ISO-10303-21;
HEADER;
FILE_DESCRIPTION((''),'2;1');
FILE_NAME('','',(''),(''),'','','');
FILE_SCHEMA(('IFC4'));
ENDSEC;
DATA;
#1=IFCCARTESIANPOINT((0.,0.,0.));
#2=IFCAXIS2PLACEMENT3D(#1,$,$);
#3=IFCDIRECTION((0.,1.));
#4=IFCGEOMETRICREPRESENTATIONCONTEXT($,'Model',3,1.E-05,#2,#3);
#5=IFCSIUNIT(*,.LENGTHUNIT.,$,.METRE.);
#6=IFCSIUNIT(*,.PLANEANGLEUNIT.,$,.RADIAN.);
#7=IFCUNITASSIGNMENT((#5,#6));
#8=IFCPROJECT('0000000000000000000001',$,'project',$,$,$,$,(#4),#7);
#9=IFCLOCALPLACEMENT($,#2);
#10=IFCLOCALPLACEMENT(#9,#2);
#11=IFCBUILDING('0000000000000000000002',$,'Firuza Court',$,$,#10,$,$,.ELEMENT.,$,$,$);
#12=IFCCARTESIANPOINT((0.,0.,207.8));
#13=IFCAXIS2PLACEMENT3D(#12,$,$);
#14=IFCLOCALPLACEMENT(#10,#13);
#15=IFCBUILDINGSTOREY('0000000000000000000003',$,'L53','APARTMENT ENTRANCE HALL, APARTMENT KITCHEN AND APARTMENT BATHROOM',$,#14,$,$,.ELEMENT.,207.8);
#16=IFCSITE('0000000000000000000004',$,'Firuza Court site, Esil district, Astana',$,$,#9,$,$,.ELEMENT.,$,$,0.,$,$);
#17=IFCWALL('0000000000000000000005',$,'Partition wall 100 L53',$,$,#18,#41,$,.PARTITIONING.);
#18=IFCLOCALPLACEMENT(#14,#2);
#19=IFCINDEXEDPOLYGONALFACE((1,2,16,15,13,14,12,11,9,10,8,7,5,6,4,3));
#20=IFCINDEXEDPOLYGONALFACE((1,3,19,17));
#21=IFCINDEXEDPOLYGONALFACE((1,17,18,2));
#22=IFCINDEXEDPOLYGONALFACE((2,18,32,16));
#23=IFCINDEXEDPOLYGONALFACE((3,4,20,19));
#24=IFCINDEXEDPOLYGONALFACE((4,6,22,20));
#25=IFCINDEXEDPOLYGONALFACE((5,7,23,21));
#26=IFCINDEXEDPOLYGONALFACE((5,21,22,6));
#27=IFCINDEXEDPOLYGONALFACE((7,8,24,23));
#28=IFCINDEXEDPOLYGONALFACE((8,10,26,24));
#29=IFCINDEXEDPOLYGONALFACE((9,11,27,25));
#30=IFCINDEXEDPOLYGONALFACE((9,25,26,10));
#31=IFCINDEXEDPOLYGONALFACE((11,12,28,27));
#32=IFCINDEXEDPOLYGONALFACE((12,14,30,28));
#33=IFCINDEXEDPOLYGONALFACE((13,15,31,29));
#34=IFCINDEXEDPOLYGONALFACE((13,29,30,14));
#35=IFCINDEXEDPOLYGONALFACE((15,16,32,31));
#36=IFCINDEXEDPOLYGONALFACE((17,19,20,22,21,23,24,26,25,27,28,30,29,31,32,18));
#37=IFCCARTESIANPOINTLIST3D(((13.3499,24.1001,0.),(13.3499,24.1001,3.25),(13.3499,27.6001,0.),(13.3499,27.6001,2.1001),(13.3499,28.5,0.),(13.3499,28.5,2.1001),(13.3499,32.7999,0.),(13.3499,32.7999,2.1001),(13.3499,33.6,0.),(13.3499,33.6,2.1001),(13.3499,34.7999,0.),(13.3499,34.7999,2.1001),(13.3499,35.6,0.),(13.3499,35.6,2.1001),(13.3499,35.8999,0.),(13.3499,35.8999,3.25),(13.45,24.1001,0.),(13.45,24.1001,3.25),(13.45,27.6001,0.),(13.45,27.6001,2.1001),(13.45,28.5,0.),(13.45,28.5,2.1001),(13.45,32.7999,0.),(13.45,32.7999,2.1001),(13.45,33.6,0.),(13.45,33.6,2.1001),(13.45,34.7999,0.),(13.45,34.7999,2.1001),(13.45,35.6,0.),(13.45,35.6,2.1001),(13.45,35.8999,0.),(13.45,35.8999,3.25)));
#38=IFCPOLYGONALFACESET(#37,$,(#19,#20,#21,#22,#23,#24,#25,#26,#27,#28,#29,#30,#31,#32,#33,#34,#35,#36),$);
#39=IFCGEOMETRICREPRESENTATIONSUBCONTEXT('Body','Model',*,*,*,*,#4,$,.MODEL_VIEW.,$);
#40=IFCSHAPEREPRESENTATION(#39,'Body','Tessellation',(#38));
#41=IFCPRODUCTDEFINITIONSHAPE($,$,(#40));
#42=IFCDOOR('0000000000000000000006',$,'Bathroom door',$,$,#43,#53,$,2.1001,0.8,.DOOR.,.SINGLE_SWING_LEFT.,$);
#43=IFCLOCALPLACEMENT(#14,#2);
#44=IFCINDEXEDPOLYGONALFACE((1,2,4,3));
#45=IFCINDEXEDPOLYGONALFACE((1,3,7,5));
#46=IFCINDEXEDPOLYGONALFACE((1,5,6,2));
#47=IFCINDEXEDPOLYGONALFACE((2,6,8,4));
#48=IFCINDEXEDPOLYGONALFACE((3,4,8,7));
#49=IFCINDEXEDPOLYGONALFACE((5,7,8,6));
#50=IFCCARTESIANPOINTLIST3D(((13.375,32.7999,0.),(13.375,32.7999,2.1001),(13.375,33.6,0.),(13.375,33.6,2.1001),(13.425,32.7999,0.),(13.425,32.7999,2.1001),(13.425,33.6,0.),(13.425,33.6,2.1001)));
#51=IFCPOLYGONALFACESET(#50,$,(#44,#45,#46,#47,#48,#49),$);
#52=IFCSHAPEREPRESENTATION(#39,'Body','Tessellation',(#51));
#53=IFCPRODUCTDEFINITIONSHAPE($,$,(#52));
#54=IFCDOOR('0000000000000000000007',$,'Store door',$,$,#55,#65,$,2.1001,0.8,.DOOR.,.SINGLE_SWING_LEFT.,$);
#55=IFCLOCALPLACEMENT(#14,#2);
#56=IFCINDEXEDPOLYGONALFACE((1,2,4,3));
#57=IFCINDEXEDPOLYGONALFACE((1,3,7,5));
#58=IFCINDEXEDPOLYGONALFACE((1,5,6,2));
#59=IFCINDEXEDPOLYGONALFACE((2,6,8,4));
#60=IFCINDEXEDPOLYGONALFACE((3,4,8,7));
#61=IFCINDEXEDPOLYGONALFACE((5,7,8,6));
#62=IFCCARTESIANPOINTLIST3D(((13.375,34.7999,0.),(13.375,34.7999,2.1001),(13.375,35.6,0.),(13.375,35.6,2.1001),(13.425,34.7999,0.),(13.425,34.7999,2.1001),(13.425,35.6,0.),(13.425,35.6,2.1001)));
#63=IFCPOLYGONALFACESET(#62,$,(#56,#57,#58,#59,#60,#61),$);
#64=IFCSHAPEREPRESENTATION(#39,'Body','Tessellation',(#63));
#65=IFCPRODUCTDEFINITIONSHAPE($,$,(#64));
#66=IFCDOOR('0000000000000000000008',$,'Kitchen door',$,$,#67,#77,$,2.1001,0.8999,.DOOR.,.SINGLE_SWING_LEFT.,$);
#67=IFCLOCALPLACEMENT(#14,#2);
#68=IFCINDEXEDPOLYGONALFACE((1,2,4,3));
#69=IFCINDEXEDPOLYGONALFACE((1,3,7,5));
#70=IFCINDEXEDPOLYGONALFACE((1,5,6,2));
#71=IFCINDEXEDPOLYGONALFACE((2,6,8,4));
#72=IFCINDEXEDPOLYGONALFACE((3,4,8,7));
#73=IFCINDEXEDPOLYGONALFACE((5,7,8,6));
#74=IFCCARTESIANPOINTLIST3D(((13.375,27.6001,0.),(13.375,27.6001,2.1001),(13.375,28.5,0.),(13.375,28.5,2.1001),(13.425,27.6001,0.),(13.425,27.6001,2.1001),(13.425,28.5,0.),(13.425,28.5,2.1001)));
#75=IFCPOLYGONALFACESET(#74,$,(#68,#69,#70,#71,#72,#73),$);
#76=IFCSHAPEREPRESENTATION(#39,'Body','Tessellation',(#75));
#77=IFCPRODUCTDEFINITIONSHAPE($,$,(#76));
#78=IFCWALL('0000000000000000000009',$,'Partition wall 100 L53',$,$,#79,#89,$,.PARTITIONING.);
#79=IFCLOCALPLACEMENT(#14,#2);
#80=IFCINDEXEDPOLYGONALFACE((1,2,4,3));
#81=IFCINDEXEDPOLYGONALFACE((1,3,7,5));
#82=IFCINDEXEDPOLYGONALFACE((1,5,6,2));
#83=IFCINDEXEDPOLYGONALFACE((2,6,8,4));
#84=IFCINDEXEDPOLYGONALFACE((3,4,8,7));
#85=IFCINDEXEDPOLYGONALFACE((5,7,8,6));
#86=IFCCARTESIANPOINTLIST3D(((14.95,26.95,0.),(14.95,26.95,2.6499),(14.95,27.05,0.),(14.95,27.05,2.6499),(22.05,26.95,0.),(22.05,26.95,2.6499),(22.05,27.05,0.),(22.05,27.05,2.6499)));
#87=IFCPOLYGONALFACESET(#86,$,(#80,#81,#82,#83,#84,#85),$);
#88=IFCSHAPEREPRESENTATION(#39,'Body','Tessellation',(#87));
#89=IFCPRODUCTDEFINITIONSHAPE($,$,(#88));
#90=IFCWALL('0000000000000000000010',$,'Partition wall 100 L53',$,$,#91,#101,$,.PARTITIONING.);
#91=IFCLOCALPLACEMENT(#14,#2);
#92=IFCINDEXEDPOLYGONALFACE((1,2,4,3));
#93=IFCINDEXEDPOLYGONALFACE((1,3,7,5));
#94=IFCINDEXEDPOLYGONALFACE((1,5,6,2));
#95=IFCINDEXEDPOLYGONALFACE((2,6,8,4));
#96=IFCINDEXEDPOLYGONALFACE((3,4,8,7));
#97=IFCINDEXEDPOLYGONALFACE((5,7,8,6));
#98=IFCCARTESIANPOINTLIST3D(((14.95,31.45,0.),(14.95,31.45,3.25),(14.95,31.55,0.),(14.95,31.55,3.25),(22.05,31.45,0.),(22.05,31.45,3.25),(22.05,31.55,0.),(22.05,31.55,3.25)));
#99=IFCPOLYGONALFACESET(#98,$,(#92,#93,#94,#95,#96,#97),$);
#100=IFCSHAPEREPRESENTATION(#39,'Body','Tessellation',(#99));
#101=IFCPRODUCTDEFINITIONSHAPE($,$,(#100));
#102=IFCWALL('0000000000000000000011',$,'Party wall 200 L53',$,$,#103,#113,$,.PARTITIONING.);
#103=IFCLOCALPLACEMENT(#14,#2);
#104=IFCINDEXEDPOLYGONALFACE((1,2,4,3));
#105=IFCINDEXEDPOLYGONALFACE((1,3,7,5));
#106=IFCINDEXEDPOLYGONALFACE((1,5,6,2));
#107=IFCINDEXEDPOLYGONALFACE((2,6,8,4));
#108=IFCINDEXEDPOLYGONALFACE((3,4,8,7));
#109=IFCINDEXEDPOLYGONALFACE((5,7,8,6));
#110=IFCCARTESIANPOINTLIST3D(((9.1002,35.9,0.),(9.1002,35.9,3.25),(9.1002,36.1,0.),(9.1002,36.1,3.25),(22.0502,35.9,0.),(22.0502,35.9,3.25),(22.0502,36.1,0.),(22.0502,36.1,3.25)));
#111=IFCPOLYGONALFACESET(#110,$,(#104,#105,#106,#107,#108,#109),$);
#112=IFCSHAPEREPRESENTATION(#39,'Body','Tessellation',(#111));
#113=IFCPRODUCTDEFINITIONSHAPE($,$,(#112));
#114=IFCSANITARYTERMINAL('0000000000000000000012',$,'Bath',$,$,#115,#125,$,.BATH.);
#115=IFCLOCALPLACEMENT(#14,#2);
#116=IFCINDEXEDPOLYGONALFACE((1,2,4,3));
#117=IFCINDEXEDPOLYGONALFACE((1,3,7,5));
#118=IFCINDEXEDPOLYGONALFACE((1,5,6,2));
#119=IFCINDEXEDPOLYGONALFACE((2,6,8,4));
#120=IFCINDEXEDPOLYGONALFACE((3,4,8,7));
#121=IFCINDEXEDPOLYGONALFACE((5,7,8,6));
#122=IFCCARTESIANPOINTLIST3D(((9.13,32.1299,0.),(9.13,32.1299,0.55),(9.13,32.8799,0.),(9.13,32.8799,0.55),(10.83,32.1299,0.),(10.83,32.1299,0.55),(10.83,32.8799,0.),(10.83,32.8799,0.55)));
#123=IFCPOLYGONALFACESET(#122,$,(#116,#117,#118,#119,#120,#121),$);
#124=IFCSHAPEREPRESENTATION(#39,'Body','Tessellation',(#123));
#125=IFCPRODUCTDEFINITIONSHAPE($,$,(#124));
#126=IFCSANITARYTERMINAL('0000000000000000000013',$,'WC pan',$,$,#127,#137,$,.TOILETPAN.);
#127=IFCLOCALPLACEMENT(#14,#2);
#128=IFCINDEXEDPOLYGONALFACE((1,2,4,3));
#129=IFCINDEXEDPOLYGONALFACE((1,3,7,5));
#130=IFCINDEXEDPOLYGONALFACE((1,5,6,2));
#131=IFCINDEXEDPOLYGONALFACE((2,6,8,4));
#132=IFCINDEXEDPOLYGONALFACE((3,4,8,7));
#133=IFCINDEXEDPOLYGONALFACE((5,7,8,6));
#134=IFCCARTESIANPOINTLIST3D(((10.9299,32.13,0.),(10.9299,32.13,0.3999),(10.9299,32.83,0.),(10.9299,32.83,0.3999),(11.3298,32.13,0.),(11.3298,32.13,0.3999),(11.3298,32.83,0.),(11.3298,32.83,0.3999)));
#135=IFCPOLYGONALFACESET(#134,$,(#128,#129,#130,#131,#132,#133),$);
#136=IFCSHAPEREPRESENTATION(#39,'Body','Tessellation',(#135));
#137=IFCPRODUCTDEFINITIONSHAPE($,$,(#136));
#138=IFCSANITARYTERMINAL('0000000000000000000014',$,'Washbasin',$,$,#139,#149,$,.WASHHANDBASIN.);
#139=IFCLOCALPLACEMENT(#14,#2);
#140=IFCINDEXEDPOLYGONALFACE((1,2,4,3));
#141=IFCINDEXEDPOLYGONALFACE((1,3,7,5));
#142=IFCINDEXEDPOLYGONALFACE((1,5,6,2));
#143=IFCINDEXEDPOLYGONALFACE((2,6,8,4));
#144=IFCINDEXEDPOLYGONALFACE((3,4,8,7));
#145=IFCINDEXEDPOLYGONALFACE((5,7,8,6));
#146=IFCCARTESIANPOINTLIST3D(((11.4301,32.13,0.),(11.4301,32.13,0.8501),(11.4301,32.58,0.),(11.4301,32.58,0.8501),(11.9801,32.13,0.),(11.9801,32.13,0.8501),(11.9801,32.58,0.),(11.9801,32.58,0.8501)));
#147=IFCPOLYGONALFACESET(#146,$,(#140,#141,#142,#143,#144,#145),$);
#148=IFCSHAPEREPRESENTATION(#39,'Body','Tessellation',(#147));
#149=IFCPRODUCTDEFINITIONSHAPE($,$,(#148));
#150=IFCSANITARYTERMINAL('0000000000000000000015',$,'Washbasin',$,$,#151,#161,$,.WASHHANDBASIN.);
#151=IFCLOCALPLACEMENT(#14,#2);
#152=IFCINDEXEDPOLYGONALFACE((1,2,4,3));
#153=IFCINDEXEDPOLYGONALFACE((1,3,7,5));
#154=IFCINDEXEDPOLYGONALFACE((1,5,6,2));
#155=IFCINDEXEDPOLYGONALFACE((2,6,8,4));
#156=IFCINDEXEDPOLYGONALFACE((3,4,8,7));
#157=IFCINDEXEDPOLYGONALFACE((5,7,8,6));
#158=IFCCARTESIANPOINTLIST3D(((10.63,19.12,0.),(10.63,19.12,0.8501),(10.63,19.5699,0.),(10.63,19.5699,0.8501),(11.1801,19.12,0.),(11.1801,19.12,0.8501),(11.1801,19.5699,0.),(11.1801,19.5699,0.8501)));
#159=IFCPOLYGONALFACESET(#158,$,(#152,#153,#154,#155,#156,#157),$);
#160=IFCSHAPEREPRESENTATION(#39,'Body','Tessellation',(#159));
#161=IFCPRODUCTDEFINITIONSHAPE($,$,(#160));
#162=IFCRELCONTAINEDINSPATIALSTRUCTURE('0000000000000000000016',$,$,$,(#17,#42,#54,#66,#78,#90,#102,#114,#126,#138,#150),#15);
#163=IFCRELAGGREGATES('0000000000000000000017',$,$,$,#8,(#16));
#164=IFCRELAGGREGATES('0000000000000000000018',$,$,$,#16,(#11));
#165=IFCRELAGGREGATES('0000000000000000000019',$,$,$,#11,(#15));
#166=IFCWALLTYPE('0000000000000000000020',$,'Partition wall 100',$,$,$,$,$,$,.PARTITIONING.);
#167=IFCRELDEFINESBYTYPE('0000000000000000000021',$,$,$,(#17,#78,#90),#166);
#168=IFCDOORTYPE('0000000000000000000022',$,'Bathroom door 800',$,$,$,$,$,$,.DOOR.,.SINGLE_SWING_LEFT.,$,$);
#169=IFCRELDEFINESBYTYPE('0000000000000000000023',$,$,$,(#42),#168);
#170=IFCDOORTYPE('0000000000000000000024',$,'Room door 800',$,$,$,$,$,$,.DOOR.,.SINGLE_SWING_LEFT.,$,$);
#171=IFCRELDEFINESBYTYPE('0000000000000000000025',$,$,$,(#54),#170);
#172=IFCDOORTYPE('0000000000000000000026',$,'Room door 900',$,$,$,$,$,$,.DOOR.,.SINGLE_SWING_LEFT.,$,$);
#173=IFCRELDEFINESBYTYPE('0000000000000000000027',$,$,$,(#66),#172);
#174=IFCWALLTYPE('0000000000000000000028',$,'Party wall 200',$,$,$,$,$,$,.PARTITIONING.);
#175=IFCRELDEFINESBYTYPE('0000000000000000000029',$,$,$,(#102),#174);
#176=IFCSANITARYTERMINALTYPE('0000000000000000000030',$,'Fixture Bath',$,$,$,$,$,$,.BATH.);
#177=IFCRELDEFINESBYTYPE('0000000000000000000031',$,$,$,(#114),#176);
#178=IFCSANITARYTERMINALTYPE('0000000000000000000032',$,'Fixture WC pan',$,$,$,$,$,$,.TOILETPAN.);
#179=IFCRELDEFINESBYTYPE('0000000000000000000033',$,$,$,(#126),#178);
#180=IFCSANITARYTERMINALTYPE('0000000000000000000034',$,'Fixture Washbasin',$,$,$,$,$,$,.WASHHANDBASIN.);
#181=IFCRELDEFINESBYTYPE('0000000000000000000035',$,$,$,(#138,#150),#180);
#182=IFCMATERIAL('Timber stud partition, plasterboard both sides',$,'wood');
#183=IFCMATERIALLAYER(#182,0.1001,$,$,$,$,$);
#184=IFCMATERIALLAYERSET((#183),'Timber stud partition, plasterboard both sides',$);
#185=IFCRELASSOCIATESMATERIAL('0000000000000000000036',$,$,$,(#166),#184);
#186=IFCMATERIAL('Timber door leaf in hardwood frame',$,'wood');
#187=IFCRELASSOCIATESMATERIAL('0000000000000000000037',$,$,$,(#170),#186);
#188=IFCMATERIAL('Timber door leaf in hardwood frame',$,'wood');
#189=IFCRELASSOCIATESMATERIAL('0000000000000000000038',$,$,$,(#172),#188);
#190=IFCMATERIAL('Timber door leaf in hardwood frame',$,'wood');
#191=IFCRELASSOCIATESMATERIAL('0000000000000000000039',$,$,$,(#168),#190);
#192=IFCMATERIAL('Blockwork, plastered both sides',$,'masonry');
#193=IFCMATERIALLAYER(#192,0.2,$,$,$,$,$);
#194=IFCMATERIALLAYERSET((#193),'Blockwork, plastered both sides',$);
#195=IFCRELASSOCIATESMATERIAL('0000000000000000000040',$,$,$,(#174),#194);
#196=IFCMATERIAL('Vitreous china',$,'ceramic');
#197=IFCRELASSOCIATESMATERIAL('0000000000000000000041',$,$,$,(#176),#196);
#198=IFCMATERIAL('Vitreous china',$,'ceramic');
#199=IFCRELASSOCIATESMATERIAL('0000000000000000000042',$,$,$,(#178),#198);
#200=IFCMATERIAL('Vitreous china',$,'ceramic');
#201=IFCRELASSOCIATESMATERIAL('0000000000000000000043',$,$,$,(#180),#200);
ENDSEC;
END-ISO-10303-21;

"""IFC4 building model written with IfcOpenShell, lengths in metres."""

from ifc_helpers import new_model, si_unit, direction, frame, frame_2d, origin, origin_2d, place, context, subcontext, project, spatial, rectangle, extrude, material, layer, layer_set, type_object, element, fill, save


model = new_model("IFC4")

# Units and contexts
model_context = context("Model", 3, precision=1e-05, world=origin(), true_north=direction((0.0, 1.0)))
body_context = subcontext(model_context, "Body", "Model", "MODEL_VIEW")
ifc_project = project(units=[si_unit("LENGTHUNIT", "METRE"), si_unit("PLANEANGLEUNIT", "RADIAN")], contexts=[model_context])

# Site, building, storey
site_placement = place(None, origin())
site = spatial("IfcSite", under=ifc_project, at=site_placement, Name="Firuza Court site, Esil district, Astana", CompositionType="ELEMENT", RefElevation=0.0)
building_placement = place(site_placement, origin())
building = spatial("IfcBuilding", under=site, at=building_placement, Name="Firuza Court", CompositionType="ELEMENT")
storey_placement = place(building_placement, frame((0.0, 0.0, 207.8)))
storey = spatial("IfcBuildingStorey", under=building, at=storey_placement, Name="L53", Description="APARTMENT ENTRANCE HALL, APARTMENT KITCHEN AND APARTMENT BATHROOM", CompositionType="ELEMENT", Elevation=207.8)

# Shared definitions
ifc_material_1 = material(Name="Timber stud partition, plasterboard both sides", Category="wood")
ifc_layer_1 = layer(ifc_material_1, 0.1001)
ifc_layer_set_1 = layer_set([ifc_layer_1], Name="Timber stud partition, plasterboard both sides")
wall_type_1 = type_object("IfcWallType", Name="Partition wall 100", PredefinedType="PARTITIONING", material=ifc_layer_set_1)
ifc_material_2 = material(Name="Timber door leaf in hardwood frame", Category="wood")
door_type_1 = type_object("IfcDoorType", Name="Room door 800", OperationType="SINGLE_SWING_LEFT", PredefinedType="DOOR", material=ifc_material_2)

# Wall, openings, doors
ifc_material_3 = material(Name="Timber door leaf in hardwood frame", Category="wood")
door_type_2 = type_object("IfcDoorType", Name="Room door 900", OperationType="SINGLE_SWING_LEFT", PredefinedType="DOOR", material=ifc_material_3)
wall_1_placement = place(storey_placement, frame((13.3999, 24.1001, 0.0), z_axis=(0.0, 0.0, 1.0), x_axis=(0.0, 1.0, 0.0)))
wall_1 = element("IfcWall", 1, at=wall_1_placement, inside=storey, type_object=wall_type_1, Name="Partition wall 100 L53", PredefinedType="PARTITIONING", context=body_context, shape_type="SweptSolid", body=[
    extrude(rectangle(XDim=11.7998, YDim=0.1001, at=frame_2d((5.8999, 0.0))), origin(), (0.0, 0.0, 1.0), 3.25),
])
opening_1_placement = place(wall_1_placement, frame((8.7, 0.0, 0.0)))
opening_1 = element("IfcOpeningElement", 2, at=opening_1_placement, cuts=wall_1, PredefinedType="OPENING", context=body_context, shape_type="SweptSolid", body=[
    extrude(rectangle(XDim=0.8, YDim=2.1001, at=frame_2d((0.3999, 1.05))), frame((0.0, 0.062, 0.0), z_axis=(0.0, -1.0, 0.0), x_axis=(1.0, 0.0, 0.0)), (0.0, 0.0, 1.0), 0.124),
])
opening_2_placement = place(wall_1_placement, frame((3.5, 0.0, 0.0)))
opening_2 = element("IfcOpeningElement", 3, at=opening_2_placement, cuts=wall_1, PredefinedType="OPENING", context=body_context, shape_type="SweptSolid", body=[
    extrude(rectangle(XDim=0.8999, YDim=2.1001, at=frame_2d((0.45, 1.05))), frame((0.0, 0.062, 0.0), z_axis=(0.0, -1.0, 0.0), x_axis=(1.0, 0.0, 0.0)), (0.0, 0.0, 1.0), 0.124),
])
opening_3_placement = place(wall_1_placement, frame((10.7, 0.0, 0.0)))
opening_3 = element("IfcOpeningElement", 4, at=opening_3_placement, cuts=wall_1, PredefinedType="OPENING", context=body_context, shape_type="SweptSolid", body=[
    extrude(rectangle(XDim=0.8, YDim=2.1001, at=frame_2d((0.3999, 1.05))), frame((0.0, 0.062, 0.0), z_axis=(0.0, -1.0, 0.0), x_axis=(1.0, 0.0, 0.0)), (0.0, 0.0, 1.0), 0.124),
])
ifc_material_4 = material(Name="Timber door leaf in hardwood frame", Category="wood")
door_type_3 = type_object("IfcDoorType", Name="Bathroom door 800", OperationType="SINGLE_SWING_LEFT", PredefinedType="DOOR", material=ifc_material_4)
door_1_placement = place(opening_1_placement, origin())
door_1 = element("IfcDoor", 5, at=door_1_placement, inside=storey, type_object=door_type_3, Name="Bathroom door", OperationType="SINGLE_SWING_LEFT", OverallHeight=2.1001, OverallWidth=0.8, PredefinedType="DOOR", context=body_context, shape_type="SweptSolid", body=[
    extrude(rectangle(XDim=0.8, YDim=2.1001, at=frame_2d((0.3999, 1.05))), frame((0.0, 0.0249, 0.0), z_axis=(0.0, -1.0, 0.0), x_axis=(1.0, 0.0, 0.0)), (0.0, 0.0, 1.0), 0.05),
])
fill(opening_1, door_1)
door_2_placement = place(opening_3_placement, origin())
door_2 = element("IfcDoor", 6, at=door_2_placement, inside=storey, type_object=door_type_1, Name="Store door", OperationType="SINGLE_SWING_LEFT", OverallHeight=2.1001, OverallWidth=0.8, PredefinedType="DOOR", context=body_context, shape_type="SweptSolid", body=[
    extrude(rectangle(XDim=0.8, YDim=2.1001, at=frame_2d((0.3999, 1.05))), frame((0.0, 0.0249, 0.0), z_axis=(0.0, -1.0, 0.0), x_axis=(1.0, 0.0, 0.0)), (0.0, 0.0, 1.0), 0.05),
])
fill(opening_3, door_2)
door_3_placement = place(opening_2_placement, origin())
door_3 = element("IfcDoor", 7, at=door_3_placement, inside=storey, type_object=door_type_2, Name="Kitchen door", OperationType="SINGLE_SWING_LEFT", OverallHeight=2.1001, OverallWidth=0.8999, PredefinedType="DOOR", context=body_context, shape_type="SweptSolid", body=[
    extrude(rectangle(XDim=0.8999, YDim=2.1001, at=frame_2d((0.45, 1.05))), frame((0.0, 0.0249, 0.0), z_axis=(0.0, -1.0, 0.0), x_axis=(1.0, 0.0, 0.0)), (0.0, 0.0, 1.0), 0.05),
])
fill(opening_2, door_3)

# Walls
wall_2_placement = place(storey_placement, frame((14.95, 27.0, 0.0), z_axis=(0.0, 0.0, 1.0), x_axis=(1.0, 0.0, 0.0)))
element("IfcWall", 8, at=wall_2_placement, inside=storey, type_object=wall_type_1, Name="Partition wall 100 L53", PredefinedType="PARTITIONING", context=body_context, shape_type="SweptSolid", body=[
    extrude(rectangle(XDim=7.1001, YDim=0.1001, at=frame_2d((3.55, 0.0))), origin(), (0.0, 0.0, 1.0), 2.6499),
])
wall_3_placement = place(storey_placement, frame((14.95, 31.5, 0.0), z_axis=(0.0, 0.0, 1.0), x_axis=(1.0, 0.0, 0.0)))
element("IfcWall", 9, at=wall_3_placement, inside=storey, type_object=wall_type_1, Name="Partition wall 100 L53", PredefinedType="PARTITIONING", context=body_context, shape_type="SweptSolid", body=[
    extrude(rectangle(XDim=7.1001, YDim=0.1001, at=frame_2d((3.55, 0.0))), origin(), (0.0, 0.0, 1.0), 3.25),
])
ifc_material_5 = material(Name="Blockwork, plastered both sides", Category="masonry")
ifc_layer_2 = layer(ifc_material_5, 0.2)
ifc_layer_set_2 = layer_set([ifc_layer_2], Name="Blockwork, plastered both sides")
wall_type_2 = type_object("IfcWallType", Name="Party wall 200", PredefinedType="PARTITIONING", material=ifc_layer_set_2)
wall_4_placement = place(storey_placement, frame((9.1001, 36.0, 0.0), z_axis=(0.0, 0.0, 1.0), x_axis=(1.0, 0.0, 0.0)))
element("IfcWall", 10, at=wall_4_placement, inside=storey, type_object=wall_type_2, Name="Party wall 200 L53", PredefinedType="PARTITIONING", context=body_context, shape_type="SweptSolid", body=[
    extrude(rectangle(XDim=12.95, YDim=0.2, at=frame_2d((6.4751, 0.0))), origin(), (0.0, 0.0, 1.0), 3.25),
])

# Sanitary terminals
ifc_material_6 = material(Name="Vitreous china", Category="ceramic")
sanitary_terminal_type_1 = type_object("IfcSanitaryTerminalType", Name="Fixture Bath", PredefinedType="BATH", material=ifc_material_6)
sanitary_terminal_1_placement = place(storey_placement, frame((9.98, 32.5049, 0.0), z_axis=(0.0, 0.0, 1.0), x_axis=(1.0, 0.0, 0.0)))
element("IfcSanitaryTerminal", 11, at=sanitary_terminal_1_placement, inside=storey, type_object=sanitary_terminal_type_1, Name="Bath", PredefinedType="BATH", context=body_context, shape_type="SweptSolid", body=[
    extrude(rectangle(XDim=1.7, YDim=0.75, at=origin_2d()), origin(), (0.0, 0.0, 1.0), 0.55),
])
ifc_material_7 = material(Name="Vitreous china", Category="ceramic")
sanitary_terminal_type_2 = type_object("IfcSanitaryTerminalType", Name="Fixture WC pan", PredefinedType="TOILETPAN", material=ifc_material_7)
sanitary_terminal_2_placement = place(storey_placement, frame((11.1299, 32.48, 0.0), z_axis=(0.0, 0.0, 1.0), x_axis=(1.0, 0.0, 0.0)))
element("IfcSanitaryTerminal", 12, at=sanitary_terminal_2_placement, inside=storey, type_object=sanitary_terminal_type_2, Name="WC pan", PredefinedType="TOILETPAN", context=body_context, shape_type="SweptSolid", body=[
    extrude(rectangle(XDim=0.3999, YDim=0.7, at=origin_2d()), origin(), (0.0, 0.0, 1.0), 0.3999),
])
ifc_material_8 = material(Name="Vitreous china", Category="ceramic")
sanitary_terminal_type_3 = type_object("IfcSanitaryTerminalType", Name="Fixture Washbasin", PredefinedType="WASHHANDBASIN", material=ifc_material_8)
for number, where, z_axis, x_axis, name in (
    (13, (11.7051, 32.355, 0.0), (0.0, 0.0, 1.0), (1.0, 0.0, 0.0), "Washbasin"),
    (14, (10.905, 19.345, 0.0), (0.0, 0.0, 1.0), (1.0, 0.0, 0.0), "Washbasin"),
):
    element("IfcSanitaryTerminal", number, at=place(storey_placement, frame(where, z_axis=z_axis, x_axis=x_axis)), inside=storey, type_object=sanitary_terminal_type_3, Name=name, PredefinedType="WASHHANDBASIN", context=body_context, shape_type="SweptSolid", body=[
        extrude(rectangle(XDim=0.55, YDim=0.45, at=origin_2d()), origin(), (0.0, 0.0, 1.0), 0.8501),
    ])

save(model, "model.ifc")
